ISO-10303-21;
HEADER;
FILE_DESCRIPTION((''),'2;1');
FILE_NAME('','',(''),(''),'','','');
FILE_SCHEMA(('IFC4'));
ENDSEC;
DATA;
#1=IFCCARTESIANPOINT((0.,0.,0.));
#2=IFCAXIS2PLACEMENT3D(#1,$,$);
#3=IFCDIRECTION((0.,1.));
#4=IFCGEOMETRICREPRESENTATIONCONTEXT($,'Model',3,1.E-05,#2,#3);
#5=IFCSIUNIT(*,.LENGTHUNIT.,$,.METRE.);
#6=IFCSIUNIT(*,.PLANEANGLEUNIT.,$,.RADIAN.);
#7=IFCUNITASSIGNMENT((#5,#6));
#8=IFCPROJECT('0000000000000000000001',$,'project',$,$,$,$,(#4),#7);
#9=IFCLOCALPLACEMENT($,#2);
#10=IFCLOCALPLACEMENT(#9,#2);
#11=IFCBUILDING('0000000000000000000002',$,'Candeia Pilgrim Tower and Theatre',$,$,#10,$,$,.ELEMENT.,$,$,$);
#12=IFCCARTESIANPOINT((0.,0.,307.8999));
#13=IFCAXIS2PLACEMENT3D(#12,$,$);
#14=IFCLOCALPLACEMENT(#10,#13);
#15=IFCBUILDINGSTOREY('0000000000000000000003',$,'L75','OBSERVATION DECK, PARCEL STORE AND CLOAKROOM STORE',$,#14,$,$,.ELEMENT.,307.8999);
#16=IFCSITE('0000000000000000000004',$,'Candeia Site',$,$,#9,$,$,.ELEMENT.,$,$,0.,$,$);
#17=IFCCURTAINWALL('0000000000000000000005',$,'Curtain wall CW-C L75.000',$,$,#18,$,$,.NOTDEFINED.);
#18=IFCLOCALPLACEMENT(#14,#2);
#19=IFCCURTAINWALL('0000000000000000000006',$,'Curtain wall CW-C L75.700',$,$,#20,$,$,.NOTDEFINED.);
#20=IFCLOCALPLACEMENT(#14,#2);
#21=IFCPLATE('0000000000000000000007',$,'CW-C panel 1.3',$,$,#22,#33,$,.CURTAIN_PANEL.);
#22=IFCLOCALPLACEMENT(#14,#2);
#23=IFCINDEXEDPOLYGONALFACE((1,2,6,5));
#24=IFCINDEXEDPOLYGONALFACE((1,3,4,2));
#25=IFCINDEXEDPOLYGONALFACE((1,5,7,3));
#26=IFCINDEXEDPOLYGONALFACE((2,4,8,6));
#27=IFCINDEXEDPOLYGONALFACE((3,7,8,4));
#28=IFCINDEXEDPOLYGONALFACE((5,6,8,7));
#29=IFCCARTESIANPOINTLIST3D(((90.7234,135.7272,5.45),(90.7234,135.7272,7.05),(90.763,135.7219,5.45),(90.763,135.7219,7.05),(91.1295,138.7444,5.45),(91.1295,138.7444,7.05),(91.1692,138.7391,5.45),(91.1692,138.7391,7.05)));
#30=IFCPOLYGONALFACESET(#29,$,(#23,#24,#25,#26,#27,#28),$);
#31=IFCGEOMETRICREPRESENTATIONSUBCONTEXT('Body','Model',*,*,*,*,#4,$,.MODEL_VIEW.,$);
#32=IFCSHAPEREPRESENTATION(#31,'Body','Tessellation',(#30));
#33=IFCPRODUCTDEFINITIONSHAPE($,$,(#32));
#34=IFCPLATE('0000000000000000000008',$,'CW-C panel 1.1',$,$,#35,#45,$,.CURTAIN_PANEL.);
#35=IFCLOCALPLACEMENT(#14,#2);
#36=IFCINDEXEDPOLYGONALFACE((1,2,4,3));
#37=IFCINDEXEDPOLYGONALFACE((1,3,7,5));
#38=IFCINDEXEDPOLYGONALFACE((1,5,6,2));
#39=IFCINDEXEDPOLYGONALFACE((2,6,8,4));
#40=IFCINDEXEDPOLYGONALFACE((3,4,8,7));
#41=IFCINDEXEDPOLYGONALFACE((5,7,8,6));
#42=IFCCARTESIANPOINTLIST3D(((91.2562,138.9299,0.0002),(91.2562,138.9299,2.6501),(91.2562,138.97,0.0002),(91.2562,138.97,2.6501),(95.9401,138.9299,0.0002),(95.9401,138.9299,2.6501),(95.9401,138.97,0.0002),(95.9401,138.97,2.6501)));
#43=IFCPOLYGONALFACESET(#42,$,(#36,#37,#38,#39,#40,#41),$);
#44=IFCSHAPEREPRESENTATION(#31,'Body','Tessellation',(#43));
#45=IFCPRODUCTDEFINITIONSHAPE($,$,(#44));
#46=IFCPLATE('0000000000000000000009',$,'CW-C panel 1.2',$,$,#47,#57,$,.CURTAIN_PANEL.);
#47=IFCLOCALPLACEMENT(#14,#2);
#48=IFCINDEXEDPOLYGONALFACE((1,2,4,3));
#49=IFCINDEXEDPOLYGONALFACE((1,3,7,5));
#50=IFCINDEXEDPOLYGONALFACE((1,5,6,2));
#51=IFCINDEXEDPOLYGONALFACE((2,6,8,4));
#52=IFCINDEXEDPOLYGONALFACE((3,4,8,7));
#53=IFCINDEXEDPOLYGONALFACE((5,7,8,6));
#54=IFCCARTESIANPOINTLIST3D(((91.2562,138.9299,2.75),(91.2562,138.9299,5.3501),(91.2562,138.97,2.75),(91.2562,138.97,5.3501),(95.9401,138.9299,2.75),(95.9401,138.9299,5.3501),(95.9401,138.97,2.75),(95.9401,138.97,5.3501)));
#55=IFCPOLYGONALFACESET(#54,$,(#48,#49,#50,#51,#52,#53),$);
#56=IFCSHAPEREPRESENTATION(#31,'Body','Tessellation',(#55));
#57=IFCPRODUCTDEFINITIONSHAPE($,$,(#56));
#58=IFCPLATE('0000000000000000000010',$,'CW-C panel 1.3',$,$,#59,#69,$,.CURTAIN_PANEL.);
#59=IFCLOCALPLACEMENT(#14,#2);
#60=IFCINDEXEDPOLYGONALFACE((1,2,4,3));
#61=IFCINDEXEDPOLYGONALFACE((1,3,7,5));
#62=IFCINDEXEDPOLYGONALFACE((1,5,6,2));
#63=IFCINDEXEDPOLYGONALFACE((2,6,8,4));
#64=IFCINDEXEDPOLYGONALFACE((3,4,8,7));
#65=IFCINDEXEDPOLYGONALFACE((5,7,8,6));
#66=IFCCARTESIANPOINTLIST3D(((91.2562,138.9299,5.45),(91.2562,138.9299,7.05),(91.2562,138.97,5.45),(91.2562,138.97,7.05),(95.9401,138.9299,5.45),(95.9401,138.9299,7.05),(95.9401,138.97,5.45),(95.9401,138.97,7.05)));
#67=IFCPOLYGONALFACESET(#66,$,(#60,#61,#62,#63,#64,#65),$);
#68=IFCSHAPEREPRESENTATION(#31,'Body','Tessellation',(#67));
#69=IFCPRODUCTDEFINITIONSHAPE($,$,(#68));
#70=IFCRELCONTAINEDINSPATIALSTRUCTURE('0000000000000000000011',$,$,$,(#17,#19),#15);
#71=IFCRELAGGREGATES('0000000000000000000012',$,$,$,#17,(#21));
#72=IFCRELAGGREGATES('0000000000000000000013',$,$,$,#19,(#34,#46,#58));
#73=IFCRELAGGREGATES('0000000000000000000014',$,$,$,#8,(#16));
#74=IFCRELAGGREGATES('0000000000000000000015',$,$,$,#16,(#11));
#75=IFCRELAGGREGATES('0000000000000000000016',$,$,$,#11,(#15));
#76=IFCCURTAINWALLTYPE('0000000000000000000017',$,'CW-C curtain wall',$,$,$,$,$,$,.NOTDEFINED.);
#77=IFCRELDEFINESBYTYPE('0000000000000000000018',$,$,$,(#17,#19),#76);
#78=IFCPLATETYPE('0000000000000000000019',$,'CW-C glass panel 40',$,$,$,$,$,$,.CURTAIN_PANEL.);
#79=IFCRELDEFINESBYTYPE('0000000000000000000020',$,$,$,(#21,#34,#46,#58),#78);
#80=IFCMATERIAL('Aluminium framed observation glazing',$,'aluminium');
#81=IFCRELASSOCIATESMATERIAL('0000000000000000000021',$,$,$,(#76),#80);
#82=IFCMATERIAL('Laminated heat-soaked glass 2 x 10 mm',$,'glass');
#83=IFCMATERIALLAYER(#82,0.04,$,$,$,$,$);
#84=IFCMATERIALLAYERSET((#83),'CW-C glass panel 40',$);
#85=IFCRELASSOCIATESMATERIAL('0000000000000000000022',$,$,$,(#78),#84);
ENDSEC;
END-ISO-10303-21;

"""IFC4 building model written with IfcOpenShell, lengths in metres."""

from ifc_helpers import new_model, si_unit, direction, frame, origin, origin_2d, place, context, subcontext, project, spatial, rectangle, extrude, material, layer, layer_set, type_object, element, aggregate, save


model = new_model("IFC4")

# Units and contexts
model_context = context("Model", 3, precision=1e-05, world=origin(), true_north=direction((0.0, 1.0)))
body_context = subcontext(model_context, "Body", "Model", "MODEL_VIEW")
ifc_project = project(units=[si_unit("LENGTHUNIT", "METRE"), si_unit("PLANEANGLEUNIT", "RADIAN")], contexts=[model_context])

# Site, building, storey
site_placement = place(None, origin())
site = spatial("IfcSite", under=ifc_project, at=site_placement, Name="Candeia Site", CompositionType="ELEMENT", RefElevation=0.0)
building_placement = place(site_placement, origin())
building = spatial("IfcBuilding", under=site, at=building_placement, Name="Candeia Pilgrim Tower and Theatre", CompositionType="ELEMENT")
storey_placement = place(building_placement, frame((0.0, 0.0, 307.8999)))
storey = spatial("IfcBuildingStorey", under=building, at=storey_placement, Name="L75", Description="OBSERVATION DECK, PARCEL STORE AND CLOAKROOM STORE", CompositionType="ELEMENT", Elevation=307.8999)

# Curtain wall
ifc_material_1 = material(Name="Aluminium framed observation glazing", Category="aluminium")
curtain_wall_type = type_object("IfcCurtainWallType", Name="CW-C curtain wall", PredefinedType="NOTDEFINED", material=ifc_material_1)
curtain_wall_1_placement = place(storey_placement, origin())
curtain_wall_1 = element("IfcCurtainWall", 1, at=curtain_wall_1_placement, inside=storey, type_object=curtain_wall_type, Name="Curtain wall CW-C L75.000", PredefinedType="NOTDEFINED")

# Curtain wall
curtain_wall_2_placement = place(storey_placement, origin())
curtain_wall_2 = element("IfcCurtainWall", 2, at=curtain_wall_2_placement, inside=storey, type_object=curtain_wall_type, Name="Curtain wall CW-C L75.700", PredefinedType="NOTDEFINED")

# Plates
ifc_material_2 = material(Name="Laminated heat-soaked glass 2 x 10 mm", Category="glass")
ifc_layer = layer(ifc_material_2, 0.04)
ifc_layer_set = layer_set([ifc_layer], Name="CW-C glass panel 40")
plate_type = type_object("IfcPlateType", Name="CW-C glass panel 40", PredefinedType="CURTAIN_PANEL", material=ifc_layer_set)
plate_1_placement = place(storey_placement, frame((90.9463, 137.2332, 5.45), z_axis=(0.0, 0.0, 1.0), x_axis=(-0.133412, -0.991061, 0.0)))
plate_1 = element("IfcPlate", 3, at=plate_1_placement, type_object=plate_type, Name="CW-C panel 1.3", PredefinedType="CURTAIN_PANEL", context=body_context, shape_type="SweptSolid", body=[
    extrude(rectangle(XDim=3.0444, YDim=0.04, at=origin_2d()), origin(), (0.0, 0.0, 1.0), 1.6001),
])
aggregate(curtain_wall_1, [plate_1])
plate_2_placement = place(storey_placement, frame((93.5981, 138.95, 0.0002), z_axis=(0.0, 0.0, 1.0), x_axis=(-1.0, 0.0, 0.0)))
plate_2 = element("IfcPlate", 4, at=plate_2_placement, type_object=plate_type, Name="CW-C panel 1.1", PredefinedType="CURTAIN_PANEL", context=body_context, shape_type="SweptSolid", body=[
    extrude(rectangle(XDim=4.6838, YDim=0.04, at=origin_2d()), origin(), (0.0, 0.0, 1.0), 2.6499),
])
plate_3_placement = place(storey_placement, frame((93.5981, 138.95, 2.75), z_axis=(0.0, 0.0, 1.0), x_axis=(-1.0, 0.0, 0.0)))
plate_3 = element("IfcPlate", 5, at=plate_3_placement, type_object=plate_type, Name="CW-C panel 1.2", PredefinedType="CURTAIN_PANEL", context=body_context, shape_type="SweptSolid", body=[
    extrude(rectangle(XDim=4.6838, YDim=0.04, at=origin_2d()), origin(), (0.0, 0.0, 1.0), 2.6001),
])
plate_4_placement = place(storey_placement, frame((93.5981, 138.95, 5.45), z_axis=(0.0, 0.0, 1.0), x_axis=(-1.0, 0.0, 0.0)))
plate_4 = element("IfcPlate", 6, at=plate_4_placement, type_object=plate_type, Name="CW-C panel 1.3", PredefinedType="CURTAIN_PANEL", context=body_context, shape_type="SweptSolid", body=[
    extrude(rectangle(XDim=4.6838, YDim=0.04, at=origin_2d()), origin(), (0.0, 0.0, 1.0), 1.6001),
])
aggregate(curtain_wall_2, [plate_2, plate_3, plate_4])

save(model, "model.ifc")
